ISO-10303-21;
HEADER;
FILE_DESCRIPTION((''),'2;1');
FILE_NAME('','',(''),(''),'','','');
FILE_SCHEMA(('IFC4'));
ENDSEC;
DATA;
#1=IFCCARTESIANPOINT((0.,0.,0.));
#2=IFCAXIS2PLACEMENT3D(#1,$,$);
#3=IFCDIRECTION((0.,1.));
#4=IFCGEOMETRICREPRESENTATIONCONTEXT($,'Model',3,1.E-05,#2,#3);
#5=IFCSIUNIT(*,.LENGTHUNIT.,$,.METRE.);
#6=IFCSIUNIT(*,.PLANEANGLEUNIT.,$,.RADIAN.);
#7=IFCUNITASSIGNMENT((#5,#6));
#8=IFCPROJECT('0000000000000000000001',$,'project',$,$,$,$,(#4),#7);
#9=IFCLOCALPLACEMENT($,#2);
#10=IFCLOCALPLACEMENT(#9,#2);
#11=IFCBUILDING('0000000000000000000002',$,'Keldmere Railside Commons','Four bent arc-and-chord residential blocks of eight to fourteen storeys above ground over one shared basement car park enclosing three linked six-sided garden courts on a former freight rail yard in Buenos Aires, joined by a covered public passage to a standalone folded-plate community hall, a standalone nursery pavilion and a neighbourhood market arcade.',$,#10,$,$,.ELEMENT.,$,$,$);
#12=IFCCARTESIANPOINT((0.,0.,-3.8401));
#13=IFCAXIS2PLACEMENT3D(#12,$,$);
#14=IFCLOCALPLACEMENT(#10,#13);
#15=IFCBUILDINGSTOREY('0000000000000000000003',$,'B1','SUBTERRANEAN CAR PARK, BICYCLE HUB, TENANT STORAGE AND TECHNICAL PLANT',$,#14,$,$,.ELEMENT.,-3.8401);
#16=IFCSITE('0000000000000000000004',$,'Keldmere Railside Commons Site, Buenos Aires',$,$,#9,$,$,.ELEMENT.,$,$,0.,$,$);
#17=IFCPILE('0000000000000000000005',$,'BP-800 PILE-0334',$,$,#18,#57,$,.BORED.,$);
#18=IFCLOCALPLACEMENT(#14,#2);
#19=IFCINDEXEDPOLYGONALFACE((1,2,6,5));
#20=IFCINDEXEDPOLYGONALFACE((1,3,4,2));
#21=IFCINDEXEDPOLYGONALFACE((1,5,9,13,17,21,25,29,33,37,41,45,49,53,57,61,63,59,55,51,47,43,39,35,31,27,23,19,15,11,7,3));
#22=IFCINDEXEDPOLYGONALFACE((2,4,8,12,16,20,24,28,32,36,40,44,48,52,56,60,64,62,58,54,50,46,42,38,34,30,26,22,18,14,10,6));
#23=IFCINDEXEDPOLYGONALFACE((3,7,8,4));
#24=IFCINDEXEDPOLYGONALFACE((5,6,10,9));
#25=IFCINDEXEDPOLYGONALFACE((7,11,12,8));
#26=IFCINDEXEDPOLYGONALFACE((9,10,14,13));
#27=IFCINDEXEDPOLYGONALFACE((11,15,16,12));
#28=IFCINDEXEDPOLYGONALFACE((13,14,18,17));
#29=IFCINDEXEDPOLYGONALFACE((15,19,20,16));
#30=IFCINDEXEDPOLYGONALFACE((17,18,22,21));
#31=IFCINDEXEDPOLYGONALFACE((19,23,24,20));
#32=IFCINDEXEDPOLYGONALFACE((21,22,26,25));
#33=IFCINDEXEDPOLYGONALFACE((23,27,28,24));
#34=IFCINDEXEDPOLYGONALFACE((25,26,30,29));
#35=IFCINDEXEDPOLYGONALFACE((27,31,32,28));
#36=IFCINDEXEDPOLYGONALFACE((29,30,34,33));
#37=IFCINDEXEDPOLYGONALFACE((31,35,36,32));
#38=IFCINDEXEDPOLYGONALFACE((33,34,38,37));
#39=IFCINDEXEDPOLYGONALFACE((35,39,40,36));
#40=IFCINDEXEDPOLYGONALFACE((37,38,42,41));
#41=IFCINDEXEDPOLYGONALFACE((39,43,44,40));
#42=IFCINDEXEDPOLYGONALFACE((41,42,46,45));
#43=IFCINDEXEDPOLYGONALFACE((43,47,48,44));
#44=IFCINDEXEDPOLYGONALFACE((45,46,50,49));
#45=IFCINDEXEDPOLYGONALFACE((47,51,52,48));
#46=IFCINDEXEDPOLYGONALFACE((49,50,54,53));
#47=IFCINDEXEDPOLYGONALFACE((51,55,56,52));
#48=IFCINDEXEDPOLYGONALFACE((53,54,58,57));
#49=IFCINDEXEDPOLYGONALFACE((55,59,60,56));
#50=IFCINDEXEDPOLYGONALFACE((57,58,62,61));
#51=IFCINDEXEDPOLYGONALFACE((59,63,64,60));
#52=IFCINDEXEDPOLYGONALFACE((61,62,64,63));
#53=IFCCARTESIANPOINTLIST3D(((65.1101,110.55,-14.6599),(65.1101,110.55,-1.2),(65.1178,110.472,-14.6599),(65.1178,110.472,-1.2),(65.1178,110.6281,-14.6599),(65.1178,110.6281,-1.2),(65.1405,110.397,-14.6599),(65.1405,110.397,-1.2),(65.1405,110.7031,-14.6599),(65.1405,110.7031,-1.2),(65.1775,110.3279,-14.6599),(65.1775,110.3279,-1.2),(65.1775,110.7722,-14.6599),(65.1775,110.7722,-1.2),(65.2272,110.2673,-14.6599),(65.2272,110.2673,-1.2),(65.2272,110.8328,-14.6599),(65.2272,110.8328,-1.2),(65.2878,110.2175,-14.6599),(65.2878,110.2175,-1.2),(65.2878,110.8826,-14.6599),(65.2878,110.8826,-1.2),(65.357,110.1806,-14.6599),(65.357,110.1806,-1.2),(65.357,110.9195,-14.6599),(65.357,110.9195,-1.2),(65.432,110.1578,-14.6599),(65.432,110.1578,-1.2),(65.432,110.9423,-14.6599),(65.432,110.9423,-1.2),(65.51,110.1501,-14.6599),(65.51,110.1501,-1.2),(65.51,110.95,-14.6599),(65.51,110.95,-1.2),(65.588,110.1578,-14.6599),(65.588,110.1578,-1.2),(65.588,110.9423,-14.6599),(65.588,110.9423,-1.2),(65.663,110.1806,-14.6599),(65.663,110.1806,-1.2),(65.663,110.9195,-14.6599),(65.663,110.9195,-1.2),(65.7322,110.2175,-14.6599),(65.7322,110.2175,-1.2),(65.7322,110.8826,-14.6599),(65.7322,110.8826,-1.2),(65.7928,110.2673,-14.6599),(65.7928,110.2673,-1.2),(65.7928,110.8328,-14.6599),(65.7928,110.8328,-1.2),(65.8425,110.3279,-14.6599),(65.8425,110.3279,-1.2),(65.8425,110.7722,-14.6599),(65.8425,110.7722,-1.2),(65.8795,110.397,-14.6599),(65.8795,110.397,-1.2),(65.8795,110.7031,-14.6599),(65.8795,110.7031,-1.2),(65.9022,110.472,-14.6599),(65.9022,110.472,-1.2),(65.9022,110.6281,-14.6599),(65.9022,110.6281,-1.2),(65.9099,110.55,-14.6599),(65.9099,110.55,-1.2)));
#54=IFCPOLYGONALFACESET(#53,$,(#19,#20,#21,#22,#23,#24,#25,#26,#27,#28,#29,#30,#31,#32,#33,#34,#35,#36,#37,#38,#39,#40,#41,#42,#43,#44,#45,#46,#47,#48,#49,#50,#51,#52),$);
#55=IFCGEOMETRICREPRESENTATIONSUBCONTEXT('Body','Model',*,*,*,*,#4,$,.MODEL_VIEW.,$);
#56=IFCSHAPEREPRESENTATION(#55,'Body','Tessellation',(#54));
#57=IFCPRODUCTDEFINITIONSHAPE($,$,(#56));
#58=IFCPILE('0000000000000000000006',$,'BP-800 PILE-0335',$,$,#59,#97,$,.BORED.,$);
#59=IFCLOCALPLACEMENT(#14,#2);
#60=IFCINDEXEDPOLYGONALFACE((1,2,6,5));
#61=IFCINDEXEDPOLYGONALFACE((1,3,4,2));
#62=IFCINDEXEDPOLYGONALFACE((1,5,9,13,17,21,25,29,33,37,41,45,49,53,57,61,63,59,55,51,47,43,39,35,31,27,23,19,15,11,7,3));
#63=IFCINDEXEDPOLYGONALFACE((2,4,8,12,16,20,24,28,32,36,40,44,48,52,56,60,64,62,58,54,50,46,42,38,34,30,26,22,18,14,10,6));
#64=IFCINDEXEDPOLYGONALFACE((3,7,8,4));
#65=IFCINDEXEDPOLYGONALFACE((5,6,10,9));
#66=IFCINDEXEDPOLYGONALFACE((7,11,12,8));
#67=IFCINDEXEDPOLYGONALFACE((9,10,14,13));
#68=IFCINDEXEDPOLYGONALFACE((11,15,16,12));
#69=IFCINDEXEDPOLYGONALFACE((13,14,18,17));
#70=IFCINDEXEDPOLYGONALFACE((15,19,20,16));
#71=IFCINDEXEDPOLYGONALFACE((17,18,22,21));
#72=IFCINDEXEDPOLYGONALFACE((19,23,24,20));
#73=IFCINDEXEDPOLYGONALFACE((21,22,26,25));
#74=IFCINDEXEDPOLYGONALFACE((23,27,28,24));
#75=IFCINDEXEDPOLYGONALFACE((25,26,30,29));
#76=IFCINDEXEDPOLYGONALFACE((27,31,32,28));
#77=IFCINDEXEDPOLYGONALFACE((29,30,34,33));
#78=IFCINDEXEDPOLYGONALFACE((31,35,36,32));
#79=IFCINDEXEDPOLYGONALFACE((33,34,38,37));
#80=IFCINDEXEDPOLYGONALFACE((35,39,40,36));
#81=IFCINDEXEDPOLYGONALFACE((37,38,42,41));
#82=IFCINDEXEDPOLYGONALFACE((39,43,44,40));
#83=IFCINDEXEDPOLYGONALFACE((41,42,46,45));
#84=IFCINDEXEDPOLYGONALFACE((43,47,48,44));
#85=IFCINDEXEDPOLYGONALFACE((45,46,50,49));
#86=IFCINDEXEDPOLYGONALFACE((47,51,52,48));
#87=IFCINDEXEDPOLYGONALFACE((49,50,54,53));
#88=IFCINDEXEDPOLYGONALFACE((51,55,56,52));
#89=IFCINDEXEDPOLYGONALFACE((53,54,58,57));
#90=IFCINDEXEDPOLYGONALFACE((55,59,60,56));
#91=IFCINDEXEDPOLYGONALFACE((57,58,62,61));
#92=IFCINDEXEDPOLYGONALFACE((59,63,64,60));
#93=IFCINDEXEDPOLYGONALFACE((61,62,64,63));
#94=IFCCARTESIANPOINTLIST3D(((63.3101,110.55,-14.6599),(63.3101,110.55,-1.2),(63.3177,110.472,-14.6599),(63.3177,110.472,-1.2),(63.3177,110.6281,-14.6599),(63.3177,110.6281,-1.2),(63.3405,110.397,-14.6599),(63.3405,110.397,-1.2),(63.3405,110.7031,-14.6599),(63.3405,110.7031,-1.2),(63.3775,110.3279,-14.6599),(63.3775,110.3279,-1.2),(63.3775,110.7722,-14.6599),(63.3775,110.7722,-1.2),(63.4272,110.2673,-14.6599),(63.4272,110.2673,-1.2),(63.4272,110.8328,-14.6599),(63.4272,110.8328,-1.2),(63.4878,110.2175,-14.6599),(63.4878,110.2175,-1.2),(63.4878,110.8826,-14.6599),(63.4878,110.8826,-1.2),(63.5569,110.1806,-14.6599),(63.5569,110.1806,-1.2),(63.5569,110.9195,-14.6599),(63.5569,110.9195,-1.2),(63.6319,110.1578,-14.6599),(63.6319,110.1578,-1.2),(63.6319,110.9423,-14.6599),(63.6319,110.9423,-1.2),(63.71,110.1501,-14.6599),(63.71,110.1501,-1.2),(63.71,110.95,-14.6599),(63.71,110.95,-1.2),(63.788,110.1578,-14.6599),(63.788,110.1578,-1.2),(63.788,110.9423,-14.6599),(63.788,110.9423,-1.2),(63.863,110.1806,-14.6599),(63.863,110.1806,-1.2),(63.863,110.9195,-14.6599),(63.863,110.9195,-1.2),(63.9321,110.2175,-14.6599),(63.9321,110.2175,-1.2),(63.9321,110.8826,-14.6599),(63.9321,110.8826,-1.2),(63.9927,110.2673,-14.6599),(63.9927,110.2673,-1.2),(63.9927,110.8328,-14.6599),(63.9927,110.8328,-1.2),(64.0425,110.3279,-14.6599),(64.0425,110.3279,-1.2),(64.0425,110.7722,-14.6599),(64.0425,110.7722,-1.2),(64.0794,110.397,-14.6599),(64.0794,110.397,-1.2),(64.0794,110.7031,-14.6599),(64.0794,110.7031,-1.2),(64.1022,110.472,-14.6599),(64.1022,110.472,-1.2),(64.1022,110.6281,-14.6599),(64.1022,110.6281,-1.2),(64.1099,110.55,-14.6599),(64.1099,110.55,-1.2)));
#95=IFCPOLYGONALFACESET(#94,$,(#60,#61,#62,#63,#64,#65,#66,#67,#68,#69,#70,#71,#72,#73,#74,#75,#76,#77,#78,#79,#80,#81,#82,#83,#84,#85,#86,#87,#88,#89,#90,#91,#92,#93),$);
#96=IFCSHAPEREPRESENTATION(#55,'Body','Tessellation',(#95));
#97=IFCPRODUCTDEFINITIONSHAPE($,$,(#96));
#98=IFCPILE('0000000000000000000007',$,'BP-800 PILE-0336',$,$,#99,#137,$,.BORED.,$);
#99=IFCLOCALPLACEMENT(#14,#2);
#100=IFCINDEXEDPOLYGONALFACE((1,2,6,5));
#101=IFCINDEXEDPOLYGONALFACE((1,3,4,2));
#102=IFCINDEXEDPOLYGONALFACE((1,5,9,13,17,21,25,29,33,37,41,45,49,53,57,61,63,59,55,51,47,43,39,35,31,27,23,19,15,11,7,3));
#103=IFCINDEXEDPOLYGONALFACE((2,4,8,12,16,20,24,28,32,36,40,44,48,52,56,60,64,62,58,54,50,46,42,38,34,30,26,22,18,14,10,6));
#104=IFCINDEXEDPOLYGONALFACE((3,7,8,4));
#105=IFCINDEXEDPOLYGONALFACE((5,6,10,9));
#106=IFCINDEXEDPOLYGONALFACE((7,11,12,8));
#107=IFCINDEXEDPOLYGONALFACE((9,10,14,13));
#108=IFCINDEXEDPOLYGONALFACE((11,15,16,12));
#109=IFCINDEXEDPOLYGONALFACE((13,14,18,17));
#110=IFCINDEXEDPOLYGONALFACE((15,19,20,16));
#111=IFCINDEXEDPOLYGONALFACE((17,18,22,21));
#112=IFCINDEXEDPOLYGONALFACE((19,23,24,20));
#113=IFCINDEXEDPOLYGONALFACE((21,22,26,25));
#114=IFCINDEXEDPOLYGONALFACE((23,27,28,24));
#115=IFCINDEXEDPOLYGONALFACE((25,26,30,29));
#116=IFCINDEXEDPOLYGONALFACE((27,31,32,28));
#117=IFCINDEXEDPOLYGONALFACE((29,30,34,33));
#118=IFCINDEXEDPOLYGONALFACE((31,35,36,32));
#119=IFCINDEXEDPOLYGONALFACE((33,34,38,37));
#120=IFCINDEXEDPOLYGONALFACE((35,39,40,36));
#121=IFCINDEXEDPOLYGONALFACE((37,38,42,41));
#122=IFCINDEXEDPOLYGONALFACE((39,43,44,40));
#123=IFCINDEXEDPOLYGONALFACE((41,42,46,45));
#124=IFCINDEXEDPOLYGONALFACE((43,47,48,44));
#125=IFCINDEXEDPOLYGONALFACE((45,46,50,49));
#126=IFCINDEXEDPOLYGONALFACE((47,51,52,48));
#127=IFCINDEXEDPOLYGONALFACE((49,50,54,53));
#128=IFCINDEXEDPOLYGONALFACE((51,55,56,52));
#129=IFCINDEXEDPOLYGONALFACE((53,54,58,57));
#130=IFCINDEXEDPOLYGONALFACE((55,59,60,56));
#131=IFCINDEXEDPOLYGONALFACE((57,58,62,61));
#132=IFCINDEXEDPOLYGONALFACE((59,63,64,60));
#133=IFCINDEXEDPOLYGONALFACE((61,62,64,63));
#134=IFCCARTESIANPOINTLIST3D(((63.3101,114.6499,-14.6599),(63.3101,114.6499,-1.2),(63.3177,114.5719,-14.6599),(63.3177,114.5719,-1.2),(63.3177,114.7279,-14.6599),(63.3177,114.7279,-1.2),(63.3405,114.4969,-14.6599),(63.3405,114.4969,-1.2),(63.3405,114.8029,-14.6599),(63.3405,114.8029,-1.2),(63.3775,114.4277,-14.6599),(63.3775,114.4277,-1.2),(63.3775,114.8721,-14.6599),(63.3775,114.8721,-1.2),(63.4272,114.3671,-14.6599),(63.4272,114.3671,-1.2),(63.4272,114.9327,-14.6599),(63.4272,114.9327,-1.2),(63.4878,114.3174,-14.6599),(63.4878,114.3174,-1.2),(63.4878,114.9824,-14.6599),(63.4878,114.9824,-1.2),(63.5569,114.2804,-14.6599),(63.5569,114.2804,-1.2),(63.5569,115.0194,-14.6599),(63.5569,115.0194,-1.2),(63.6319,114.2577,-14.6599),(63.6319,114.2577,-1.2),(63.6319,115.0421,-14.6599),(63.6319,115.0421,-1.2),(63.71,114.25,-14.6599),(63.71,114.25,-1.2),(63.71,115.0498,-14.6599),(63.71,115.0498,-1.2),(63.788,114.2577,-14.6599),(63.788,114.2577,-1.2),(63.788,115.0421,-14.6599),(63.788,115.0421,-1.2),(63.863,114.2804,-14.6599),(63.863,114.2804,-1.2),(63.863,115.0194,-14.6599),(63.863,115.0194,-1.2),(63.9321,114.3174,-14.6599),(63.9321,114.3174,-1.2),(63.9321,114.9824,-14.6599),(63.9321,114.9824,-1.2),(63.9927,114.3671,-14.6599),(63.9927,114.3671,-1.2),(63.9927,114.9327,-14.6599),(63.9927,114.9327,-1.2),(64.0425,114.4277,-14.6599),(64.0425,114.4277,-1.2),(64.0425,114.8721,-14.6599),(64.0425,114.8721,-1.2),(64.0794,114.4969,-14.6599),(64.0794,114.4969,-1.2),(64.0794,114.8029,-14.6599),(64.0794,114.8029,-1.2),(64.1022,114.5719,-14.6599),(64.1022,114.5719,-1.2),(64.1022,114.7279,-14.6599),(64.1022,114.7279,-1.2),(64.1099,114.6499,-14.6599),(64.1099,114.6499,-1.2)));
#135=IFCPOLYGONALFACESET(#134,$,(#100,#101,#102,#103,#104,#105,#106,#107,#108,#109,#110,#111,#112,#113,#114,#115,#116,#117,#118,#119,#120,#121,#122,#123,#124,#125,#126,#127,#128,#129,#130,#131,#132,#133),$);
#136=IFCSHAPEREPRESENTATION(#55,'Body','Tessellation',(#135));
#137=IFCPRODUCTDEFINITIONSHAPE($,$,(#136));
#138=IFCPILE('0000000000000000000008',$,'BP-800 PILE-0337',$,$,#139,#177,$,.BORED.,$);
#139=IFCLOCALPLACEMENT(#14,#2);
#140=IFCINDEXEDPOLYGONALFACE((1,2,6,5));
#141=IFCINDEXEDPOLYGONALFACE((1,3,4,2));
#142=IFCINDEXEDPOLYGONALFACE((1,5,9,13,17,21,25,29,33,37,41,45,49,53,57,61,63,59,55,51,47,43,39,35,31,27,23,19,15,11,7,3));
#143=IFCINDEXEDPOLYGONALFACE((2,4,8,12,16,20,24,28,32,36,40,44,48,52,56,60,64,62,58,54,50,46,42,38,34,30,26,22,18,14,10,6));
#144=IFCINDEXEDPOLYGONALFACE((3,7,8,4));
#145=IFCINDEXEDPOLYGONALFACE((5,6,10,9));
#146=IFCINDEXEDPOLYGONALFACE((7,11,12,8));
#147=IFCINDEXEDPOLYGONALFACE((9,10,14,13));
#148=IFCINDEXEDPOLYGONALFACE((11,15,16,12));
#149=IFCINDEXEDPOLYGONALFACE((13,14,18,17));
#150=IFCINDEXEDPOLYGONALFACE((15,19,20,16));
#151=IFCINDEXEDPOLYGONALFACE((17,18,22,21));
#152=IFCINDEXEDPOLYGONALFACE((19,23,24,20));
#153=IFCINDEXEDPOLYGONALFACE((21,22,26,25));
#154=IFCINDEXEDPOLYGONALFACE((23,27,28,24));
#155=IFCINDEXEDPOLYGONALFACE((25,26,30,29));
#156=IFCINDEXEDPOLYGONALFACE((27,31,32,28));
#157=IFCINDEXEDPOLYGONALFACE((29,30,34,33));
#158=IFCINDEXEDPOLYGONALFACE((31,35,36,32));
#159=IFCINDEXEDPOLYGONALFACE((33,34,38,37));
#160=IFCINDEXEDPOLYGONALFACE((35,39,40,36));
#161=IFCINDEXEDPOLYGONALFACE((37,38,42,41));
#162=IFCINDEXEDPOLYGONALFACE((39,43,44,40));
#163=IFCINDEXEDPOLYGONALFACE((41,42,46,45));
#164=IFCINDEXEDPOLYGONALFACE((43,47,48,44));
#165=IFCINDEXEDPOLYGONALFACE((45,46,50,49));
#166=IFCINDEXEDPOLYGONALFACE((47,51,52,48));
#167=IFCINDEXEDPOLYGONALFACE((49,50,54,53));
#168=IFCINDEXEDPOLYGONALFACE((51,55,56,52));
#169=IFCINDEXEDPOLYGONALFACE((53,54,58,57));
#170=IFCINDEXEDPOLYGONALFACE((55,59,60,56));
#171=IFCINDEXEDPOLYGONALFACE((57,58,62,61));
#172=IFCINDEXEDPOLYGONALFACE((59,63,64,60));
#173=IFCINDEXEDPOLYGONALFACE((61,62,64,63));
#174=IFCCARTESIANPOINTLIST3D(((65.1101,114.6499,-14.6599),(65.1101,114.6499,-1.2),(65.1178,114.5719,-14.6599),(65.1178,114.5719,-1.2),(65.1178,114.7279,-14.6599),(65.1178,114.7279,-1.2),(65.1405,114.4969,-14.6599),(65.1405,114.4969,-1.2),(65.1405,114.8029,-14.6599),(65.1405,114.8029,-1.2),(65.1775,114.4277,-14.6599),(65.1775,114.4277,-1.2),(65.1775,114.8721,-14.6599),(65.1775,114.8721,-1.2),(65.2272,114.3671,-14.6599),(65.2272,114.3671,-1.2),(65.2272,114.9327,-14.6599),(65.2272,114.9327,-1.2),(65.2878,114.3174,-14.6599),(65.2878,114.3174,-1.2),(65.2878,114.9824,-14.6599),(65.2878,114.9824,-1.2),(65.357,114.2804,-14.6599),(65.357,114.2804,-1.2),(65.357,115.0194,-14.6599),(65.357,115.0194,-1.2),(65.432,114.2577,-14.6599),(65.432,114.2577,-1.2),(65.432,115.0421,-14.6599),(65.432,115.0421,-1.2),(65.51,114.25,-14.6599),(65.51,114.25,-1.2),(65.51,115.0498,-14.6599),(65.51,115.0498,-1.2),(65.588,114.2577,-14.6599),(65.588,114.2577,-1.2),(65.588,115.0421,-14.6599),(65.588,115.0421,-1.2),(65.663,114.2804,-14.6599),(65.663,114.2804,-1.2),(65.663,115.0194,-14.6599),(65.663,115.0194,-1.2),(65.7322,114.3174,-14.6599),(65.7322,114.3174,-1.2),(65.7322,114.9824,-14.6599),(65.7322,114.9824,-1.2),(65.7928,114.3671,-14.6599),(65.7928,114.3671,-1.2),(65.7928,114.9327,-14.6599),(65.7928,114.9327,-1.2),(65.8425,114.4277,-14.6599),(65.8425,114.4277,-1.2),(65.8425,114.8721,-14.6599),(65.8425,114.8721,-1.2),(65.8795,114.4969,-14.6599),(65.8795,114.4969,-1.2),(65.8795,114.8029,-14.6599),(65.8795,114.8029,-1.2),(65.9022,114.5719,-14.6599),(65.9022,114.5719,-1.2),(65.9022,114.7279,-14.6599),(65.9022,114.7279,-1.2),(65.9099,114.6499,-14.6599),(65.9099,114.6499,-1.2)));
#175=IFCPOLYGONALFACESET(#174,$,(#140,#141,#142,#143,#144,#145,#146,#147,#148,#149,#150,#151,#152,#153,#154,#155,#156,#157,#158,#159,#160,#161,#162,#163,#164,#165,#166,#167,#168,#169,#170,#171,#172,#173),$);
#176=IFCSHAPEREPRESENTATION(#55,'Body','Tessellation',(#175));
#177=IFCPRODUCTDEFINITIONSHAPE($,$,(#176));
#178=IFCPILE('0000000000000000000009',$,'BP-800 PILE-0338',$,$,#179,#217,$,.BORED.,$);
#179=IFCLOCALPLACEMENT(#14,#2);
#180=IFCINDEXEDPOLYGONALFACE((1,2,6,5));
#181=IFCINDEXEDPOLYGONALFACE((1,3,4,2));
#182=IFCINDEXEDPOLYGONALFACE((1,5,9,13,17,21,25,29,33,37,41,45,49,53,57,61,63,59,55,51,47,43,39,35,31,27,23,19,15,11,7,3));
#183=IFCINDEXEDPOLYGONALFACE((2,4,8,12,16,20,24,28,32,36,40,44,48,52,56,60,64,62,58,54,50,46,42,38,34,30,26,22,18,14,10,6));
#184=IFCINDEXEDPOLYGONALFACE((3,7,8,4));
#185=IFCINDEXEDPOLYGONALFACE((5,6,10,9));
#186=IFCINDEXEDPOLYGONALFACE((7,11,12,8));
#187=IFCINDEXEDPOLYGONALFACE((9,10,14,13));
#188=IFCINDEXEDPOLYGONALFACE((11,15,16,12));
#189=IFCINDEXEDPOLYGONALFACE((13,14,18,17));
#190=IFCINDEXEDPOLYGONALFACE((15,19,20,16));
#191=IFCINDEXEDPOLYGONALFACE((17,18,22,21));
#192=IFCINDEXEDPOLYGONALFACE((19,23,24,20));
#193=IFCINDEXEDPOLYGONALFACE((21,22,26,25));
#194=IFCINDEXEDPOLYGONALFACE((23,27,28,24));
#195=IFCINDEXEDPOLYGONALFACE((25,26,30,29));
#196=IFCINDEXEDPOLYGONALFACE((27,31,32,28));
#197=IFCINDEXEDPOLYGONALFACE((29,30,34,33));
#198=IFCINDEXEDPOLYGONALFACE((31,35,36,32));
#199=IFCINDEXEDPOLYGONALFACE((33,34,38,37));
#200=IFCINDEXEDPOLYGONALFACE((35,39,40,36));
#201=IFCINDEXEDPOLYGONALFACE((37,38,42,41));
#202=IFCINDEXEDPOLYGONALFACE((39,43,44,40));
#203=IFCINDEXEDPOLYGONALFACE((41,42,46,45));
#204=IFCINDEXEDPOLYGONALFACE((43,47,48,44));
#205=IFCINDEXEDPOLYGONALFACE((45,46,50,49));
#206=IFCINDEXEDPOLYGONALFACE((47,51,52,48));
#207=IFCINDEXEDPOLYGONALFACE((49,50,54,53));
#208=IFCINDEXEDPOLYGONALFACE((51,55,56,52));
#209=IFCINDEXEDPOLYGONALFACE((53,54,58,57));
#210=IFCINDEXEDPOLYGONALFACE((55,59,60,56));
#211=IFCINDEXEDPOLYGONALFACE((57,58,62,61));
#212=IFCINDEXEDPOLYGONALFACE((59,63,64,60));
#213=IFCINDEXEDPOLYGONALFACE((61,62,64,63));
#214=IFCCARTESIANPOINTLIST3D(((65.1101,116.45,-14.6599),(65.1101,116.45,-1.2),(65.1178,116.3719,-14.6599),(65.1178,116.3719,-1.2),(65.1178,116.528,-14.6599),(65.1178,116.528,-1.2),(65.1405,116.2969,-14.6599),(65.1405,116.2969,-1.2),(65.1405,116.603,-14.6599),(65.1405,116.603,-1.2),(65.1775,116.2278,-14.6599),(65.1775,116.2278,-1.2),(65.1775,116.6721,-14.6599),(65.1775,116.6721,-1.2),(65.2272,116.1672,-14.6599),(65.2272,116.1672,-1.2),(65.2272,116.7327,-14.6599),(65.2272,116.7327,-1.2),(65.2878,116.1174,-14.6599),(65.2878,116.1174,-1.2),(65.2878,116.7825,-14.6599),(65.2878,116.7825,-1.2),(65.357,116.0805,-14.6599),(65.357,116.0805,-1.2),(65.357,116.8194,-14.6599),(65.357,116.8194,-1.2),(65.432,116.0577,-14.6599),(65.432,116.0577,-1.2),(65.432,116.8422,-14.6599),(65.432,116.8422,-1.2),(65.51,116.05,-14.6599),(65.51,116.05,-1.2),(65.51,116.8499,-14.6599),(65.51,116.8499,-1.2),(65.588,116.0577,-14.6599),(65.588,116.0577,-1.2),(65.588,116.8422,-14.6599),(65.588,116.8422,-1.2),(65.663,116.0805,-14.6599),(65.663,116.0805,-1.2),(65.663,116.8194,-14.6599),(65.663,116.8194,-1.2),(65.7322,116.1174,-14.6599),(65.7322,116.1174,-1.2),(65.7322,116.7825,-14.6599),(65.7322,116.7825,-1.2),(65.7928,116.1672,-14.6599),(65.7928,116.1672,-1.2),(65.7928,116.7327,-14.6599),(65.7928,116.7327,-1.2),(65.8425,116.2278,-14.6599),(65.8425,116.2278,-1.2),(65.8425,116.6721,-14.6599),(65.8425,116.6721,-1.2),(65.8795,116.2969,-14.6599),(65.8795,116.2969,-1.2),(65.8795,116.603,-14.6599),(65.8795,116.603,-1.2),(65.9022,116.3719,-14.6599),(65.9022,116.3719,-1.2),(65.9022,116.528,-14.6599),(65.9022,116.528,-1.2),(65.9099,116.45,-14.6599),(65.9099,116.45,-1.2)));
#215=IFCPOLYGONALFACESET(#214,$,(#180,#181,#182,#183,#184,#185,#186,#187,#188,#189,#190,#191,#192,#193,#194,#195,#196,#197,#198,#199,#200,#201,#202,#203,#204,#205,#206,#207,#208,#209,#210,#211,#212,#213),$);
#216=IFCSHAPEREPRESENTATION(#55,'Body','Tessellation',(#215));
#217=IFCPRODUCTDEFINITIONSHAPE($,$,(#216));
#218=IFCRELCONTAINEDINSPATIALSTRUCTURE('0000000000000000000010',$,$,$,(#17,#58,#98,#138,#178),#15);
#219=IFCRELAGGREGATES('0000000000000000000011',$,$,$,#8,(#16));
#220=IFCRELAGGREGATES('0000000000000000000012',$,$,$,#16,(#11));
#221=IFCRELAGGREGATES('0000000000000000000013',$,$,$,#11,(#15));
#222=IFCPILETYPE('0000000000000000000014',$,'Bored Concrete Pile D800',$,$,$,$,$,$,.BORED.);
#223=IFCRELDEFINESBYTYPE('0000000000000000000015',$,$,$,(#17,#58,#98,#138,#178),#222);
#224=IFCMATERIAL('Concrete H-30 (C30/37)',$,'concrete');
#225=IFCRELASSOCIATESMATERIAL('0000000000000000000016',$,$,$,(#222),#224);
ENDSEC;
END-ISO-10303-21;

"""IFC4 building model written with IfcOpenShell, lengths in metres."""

from ifc_helpers import new_model, si_unit, direction, frame, origin, origin_2d, place, context, subcontext, project, spatial, circle, extrude, material, material_profile, profile_set, type_object, element, save


model = new_model("IFC4")

# Units and contexts
model_context = context("Model", 3, precision=1e-05, world=origin(), true_north=direction((0.0, 1.0)))
body_context = subcontext(model_context, "Body", "Model", "MODEL_VIEW")
ifc_project = project(units=[si_unit("LENGTHUNIT", "METRE"), si_unit("PLANEANGLEUNIT", "RADIAN")], contexts=[model_context])

# Site, building, storey
site_placement = place(None, origin())
site = spatial("IfcSite", under=ifc_project, at=site_placement, Name="Keldmere Railside Commons Site, Buenos Aires", CompositionType="ELEMENT", RefElevation=0.0)
building_placement = place(site_placement, origin())
building = spatial("IfcBuilding", under=site, at=building_placement, Name="Keldmere Railside Commons", Description="Four bent arc-and-chord residential blocks of eight to fourteen storeys above ground over one shared basement car park enclosing three linked six-sided garden courts on a former freight rail yard in Buenos Aires, joined by a covered public passage to a standalone folded-plate community hall, a standalone nursery pavilion and a neighbourhood market arcade.", CompositionType="ELEMENT")
storey_placement = place(building_placement, frame((0.0, 0.0, -3.8401)))
storey = spatial("IfcBuildingStorey", under=building, at=storey_placement, Name="B1", Description="SUBTERRANEAN CAR PARK, BICYCLE HUB, TENANT STORAGE AND TECHNICAL PLANT", CompositionType="ELEMENT", Elevation=-3.8401)

# Piles
ifc_material_1 = material(Name="Concrete H-30 (C30/37)", Category="concrete")
ifc_material_profile_1 = material_profile(ifc_material_1, circle(Radius=0.3999, at=origin_2d()), Name="PILE-D800")
ifc_profile_set_1 = profile_set([ifc_material_profile_1], Name="Concrete H-30 (C30/37)")
pile_type = type_object("IfcPileType", Name="Bored Concrete Pile D800", PredefinedType="BORED", material=ifc_profile_set_1)
for number, where, z_axis, x_axis, name in (
    (1, (65.51, 110.55, -1.2), (0.0, 0.0, -1.0), (1.0, 0.0, 0.0), "BP-800 PILE-0334"),
    (2, (63.71, 110.55, -1.2), (0.0, 0.0, -1.0), (1.0, 0.0, 0.0), "BP-800 PILE-0335"),
    (3, (63.71, 114.6499, -1.2), (0.0, 0.0, -1.0), (1.0, 0.0, 0.0), "BP-800 PILE-0336"),
    (4, (65.51, 114.6499, -1.2), (0.0, 0.0, -1.0), (1.0, 0.0, 0.0), "BP-800 PILE-0337"),
    (5, (65.51, 116.45, -1.2), (0.0, 0.0, -1.0), (1.0, 0.0, 0.0), "BP-800 PILE-0338"),
):
    element("IfcPile", number, at=place(storey_placement, frame(where, z_axis=z_axis, x_axis=x_axis)), inside=storey, type_object=pile_type, Name=name, PredefinedType="BORED", context=body_context, shape_type="SweptSolid", body=[
        extrude(circle(Radius=0.3999, at=origin_2d()), origin(), (0.0, 0.0, 1.0), 13.46),
    ])

save(model, "model.ifc")
